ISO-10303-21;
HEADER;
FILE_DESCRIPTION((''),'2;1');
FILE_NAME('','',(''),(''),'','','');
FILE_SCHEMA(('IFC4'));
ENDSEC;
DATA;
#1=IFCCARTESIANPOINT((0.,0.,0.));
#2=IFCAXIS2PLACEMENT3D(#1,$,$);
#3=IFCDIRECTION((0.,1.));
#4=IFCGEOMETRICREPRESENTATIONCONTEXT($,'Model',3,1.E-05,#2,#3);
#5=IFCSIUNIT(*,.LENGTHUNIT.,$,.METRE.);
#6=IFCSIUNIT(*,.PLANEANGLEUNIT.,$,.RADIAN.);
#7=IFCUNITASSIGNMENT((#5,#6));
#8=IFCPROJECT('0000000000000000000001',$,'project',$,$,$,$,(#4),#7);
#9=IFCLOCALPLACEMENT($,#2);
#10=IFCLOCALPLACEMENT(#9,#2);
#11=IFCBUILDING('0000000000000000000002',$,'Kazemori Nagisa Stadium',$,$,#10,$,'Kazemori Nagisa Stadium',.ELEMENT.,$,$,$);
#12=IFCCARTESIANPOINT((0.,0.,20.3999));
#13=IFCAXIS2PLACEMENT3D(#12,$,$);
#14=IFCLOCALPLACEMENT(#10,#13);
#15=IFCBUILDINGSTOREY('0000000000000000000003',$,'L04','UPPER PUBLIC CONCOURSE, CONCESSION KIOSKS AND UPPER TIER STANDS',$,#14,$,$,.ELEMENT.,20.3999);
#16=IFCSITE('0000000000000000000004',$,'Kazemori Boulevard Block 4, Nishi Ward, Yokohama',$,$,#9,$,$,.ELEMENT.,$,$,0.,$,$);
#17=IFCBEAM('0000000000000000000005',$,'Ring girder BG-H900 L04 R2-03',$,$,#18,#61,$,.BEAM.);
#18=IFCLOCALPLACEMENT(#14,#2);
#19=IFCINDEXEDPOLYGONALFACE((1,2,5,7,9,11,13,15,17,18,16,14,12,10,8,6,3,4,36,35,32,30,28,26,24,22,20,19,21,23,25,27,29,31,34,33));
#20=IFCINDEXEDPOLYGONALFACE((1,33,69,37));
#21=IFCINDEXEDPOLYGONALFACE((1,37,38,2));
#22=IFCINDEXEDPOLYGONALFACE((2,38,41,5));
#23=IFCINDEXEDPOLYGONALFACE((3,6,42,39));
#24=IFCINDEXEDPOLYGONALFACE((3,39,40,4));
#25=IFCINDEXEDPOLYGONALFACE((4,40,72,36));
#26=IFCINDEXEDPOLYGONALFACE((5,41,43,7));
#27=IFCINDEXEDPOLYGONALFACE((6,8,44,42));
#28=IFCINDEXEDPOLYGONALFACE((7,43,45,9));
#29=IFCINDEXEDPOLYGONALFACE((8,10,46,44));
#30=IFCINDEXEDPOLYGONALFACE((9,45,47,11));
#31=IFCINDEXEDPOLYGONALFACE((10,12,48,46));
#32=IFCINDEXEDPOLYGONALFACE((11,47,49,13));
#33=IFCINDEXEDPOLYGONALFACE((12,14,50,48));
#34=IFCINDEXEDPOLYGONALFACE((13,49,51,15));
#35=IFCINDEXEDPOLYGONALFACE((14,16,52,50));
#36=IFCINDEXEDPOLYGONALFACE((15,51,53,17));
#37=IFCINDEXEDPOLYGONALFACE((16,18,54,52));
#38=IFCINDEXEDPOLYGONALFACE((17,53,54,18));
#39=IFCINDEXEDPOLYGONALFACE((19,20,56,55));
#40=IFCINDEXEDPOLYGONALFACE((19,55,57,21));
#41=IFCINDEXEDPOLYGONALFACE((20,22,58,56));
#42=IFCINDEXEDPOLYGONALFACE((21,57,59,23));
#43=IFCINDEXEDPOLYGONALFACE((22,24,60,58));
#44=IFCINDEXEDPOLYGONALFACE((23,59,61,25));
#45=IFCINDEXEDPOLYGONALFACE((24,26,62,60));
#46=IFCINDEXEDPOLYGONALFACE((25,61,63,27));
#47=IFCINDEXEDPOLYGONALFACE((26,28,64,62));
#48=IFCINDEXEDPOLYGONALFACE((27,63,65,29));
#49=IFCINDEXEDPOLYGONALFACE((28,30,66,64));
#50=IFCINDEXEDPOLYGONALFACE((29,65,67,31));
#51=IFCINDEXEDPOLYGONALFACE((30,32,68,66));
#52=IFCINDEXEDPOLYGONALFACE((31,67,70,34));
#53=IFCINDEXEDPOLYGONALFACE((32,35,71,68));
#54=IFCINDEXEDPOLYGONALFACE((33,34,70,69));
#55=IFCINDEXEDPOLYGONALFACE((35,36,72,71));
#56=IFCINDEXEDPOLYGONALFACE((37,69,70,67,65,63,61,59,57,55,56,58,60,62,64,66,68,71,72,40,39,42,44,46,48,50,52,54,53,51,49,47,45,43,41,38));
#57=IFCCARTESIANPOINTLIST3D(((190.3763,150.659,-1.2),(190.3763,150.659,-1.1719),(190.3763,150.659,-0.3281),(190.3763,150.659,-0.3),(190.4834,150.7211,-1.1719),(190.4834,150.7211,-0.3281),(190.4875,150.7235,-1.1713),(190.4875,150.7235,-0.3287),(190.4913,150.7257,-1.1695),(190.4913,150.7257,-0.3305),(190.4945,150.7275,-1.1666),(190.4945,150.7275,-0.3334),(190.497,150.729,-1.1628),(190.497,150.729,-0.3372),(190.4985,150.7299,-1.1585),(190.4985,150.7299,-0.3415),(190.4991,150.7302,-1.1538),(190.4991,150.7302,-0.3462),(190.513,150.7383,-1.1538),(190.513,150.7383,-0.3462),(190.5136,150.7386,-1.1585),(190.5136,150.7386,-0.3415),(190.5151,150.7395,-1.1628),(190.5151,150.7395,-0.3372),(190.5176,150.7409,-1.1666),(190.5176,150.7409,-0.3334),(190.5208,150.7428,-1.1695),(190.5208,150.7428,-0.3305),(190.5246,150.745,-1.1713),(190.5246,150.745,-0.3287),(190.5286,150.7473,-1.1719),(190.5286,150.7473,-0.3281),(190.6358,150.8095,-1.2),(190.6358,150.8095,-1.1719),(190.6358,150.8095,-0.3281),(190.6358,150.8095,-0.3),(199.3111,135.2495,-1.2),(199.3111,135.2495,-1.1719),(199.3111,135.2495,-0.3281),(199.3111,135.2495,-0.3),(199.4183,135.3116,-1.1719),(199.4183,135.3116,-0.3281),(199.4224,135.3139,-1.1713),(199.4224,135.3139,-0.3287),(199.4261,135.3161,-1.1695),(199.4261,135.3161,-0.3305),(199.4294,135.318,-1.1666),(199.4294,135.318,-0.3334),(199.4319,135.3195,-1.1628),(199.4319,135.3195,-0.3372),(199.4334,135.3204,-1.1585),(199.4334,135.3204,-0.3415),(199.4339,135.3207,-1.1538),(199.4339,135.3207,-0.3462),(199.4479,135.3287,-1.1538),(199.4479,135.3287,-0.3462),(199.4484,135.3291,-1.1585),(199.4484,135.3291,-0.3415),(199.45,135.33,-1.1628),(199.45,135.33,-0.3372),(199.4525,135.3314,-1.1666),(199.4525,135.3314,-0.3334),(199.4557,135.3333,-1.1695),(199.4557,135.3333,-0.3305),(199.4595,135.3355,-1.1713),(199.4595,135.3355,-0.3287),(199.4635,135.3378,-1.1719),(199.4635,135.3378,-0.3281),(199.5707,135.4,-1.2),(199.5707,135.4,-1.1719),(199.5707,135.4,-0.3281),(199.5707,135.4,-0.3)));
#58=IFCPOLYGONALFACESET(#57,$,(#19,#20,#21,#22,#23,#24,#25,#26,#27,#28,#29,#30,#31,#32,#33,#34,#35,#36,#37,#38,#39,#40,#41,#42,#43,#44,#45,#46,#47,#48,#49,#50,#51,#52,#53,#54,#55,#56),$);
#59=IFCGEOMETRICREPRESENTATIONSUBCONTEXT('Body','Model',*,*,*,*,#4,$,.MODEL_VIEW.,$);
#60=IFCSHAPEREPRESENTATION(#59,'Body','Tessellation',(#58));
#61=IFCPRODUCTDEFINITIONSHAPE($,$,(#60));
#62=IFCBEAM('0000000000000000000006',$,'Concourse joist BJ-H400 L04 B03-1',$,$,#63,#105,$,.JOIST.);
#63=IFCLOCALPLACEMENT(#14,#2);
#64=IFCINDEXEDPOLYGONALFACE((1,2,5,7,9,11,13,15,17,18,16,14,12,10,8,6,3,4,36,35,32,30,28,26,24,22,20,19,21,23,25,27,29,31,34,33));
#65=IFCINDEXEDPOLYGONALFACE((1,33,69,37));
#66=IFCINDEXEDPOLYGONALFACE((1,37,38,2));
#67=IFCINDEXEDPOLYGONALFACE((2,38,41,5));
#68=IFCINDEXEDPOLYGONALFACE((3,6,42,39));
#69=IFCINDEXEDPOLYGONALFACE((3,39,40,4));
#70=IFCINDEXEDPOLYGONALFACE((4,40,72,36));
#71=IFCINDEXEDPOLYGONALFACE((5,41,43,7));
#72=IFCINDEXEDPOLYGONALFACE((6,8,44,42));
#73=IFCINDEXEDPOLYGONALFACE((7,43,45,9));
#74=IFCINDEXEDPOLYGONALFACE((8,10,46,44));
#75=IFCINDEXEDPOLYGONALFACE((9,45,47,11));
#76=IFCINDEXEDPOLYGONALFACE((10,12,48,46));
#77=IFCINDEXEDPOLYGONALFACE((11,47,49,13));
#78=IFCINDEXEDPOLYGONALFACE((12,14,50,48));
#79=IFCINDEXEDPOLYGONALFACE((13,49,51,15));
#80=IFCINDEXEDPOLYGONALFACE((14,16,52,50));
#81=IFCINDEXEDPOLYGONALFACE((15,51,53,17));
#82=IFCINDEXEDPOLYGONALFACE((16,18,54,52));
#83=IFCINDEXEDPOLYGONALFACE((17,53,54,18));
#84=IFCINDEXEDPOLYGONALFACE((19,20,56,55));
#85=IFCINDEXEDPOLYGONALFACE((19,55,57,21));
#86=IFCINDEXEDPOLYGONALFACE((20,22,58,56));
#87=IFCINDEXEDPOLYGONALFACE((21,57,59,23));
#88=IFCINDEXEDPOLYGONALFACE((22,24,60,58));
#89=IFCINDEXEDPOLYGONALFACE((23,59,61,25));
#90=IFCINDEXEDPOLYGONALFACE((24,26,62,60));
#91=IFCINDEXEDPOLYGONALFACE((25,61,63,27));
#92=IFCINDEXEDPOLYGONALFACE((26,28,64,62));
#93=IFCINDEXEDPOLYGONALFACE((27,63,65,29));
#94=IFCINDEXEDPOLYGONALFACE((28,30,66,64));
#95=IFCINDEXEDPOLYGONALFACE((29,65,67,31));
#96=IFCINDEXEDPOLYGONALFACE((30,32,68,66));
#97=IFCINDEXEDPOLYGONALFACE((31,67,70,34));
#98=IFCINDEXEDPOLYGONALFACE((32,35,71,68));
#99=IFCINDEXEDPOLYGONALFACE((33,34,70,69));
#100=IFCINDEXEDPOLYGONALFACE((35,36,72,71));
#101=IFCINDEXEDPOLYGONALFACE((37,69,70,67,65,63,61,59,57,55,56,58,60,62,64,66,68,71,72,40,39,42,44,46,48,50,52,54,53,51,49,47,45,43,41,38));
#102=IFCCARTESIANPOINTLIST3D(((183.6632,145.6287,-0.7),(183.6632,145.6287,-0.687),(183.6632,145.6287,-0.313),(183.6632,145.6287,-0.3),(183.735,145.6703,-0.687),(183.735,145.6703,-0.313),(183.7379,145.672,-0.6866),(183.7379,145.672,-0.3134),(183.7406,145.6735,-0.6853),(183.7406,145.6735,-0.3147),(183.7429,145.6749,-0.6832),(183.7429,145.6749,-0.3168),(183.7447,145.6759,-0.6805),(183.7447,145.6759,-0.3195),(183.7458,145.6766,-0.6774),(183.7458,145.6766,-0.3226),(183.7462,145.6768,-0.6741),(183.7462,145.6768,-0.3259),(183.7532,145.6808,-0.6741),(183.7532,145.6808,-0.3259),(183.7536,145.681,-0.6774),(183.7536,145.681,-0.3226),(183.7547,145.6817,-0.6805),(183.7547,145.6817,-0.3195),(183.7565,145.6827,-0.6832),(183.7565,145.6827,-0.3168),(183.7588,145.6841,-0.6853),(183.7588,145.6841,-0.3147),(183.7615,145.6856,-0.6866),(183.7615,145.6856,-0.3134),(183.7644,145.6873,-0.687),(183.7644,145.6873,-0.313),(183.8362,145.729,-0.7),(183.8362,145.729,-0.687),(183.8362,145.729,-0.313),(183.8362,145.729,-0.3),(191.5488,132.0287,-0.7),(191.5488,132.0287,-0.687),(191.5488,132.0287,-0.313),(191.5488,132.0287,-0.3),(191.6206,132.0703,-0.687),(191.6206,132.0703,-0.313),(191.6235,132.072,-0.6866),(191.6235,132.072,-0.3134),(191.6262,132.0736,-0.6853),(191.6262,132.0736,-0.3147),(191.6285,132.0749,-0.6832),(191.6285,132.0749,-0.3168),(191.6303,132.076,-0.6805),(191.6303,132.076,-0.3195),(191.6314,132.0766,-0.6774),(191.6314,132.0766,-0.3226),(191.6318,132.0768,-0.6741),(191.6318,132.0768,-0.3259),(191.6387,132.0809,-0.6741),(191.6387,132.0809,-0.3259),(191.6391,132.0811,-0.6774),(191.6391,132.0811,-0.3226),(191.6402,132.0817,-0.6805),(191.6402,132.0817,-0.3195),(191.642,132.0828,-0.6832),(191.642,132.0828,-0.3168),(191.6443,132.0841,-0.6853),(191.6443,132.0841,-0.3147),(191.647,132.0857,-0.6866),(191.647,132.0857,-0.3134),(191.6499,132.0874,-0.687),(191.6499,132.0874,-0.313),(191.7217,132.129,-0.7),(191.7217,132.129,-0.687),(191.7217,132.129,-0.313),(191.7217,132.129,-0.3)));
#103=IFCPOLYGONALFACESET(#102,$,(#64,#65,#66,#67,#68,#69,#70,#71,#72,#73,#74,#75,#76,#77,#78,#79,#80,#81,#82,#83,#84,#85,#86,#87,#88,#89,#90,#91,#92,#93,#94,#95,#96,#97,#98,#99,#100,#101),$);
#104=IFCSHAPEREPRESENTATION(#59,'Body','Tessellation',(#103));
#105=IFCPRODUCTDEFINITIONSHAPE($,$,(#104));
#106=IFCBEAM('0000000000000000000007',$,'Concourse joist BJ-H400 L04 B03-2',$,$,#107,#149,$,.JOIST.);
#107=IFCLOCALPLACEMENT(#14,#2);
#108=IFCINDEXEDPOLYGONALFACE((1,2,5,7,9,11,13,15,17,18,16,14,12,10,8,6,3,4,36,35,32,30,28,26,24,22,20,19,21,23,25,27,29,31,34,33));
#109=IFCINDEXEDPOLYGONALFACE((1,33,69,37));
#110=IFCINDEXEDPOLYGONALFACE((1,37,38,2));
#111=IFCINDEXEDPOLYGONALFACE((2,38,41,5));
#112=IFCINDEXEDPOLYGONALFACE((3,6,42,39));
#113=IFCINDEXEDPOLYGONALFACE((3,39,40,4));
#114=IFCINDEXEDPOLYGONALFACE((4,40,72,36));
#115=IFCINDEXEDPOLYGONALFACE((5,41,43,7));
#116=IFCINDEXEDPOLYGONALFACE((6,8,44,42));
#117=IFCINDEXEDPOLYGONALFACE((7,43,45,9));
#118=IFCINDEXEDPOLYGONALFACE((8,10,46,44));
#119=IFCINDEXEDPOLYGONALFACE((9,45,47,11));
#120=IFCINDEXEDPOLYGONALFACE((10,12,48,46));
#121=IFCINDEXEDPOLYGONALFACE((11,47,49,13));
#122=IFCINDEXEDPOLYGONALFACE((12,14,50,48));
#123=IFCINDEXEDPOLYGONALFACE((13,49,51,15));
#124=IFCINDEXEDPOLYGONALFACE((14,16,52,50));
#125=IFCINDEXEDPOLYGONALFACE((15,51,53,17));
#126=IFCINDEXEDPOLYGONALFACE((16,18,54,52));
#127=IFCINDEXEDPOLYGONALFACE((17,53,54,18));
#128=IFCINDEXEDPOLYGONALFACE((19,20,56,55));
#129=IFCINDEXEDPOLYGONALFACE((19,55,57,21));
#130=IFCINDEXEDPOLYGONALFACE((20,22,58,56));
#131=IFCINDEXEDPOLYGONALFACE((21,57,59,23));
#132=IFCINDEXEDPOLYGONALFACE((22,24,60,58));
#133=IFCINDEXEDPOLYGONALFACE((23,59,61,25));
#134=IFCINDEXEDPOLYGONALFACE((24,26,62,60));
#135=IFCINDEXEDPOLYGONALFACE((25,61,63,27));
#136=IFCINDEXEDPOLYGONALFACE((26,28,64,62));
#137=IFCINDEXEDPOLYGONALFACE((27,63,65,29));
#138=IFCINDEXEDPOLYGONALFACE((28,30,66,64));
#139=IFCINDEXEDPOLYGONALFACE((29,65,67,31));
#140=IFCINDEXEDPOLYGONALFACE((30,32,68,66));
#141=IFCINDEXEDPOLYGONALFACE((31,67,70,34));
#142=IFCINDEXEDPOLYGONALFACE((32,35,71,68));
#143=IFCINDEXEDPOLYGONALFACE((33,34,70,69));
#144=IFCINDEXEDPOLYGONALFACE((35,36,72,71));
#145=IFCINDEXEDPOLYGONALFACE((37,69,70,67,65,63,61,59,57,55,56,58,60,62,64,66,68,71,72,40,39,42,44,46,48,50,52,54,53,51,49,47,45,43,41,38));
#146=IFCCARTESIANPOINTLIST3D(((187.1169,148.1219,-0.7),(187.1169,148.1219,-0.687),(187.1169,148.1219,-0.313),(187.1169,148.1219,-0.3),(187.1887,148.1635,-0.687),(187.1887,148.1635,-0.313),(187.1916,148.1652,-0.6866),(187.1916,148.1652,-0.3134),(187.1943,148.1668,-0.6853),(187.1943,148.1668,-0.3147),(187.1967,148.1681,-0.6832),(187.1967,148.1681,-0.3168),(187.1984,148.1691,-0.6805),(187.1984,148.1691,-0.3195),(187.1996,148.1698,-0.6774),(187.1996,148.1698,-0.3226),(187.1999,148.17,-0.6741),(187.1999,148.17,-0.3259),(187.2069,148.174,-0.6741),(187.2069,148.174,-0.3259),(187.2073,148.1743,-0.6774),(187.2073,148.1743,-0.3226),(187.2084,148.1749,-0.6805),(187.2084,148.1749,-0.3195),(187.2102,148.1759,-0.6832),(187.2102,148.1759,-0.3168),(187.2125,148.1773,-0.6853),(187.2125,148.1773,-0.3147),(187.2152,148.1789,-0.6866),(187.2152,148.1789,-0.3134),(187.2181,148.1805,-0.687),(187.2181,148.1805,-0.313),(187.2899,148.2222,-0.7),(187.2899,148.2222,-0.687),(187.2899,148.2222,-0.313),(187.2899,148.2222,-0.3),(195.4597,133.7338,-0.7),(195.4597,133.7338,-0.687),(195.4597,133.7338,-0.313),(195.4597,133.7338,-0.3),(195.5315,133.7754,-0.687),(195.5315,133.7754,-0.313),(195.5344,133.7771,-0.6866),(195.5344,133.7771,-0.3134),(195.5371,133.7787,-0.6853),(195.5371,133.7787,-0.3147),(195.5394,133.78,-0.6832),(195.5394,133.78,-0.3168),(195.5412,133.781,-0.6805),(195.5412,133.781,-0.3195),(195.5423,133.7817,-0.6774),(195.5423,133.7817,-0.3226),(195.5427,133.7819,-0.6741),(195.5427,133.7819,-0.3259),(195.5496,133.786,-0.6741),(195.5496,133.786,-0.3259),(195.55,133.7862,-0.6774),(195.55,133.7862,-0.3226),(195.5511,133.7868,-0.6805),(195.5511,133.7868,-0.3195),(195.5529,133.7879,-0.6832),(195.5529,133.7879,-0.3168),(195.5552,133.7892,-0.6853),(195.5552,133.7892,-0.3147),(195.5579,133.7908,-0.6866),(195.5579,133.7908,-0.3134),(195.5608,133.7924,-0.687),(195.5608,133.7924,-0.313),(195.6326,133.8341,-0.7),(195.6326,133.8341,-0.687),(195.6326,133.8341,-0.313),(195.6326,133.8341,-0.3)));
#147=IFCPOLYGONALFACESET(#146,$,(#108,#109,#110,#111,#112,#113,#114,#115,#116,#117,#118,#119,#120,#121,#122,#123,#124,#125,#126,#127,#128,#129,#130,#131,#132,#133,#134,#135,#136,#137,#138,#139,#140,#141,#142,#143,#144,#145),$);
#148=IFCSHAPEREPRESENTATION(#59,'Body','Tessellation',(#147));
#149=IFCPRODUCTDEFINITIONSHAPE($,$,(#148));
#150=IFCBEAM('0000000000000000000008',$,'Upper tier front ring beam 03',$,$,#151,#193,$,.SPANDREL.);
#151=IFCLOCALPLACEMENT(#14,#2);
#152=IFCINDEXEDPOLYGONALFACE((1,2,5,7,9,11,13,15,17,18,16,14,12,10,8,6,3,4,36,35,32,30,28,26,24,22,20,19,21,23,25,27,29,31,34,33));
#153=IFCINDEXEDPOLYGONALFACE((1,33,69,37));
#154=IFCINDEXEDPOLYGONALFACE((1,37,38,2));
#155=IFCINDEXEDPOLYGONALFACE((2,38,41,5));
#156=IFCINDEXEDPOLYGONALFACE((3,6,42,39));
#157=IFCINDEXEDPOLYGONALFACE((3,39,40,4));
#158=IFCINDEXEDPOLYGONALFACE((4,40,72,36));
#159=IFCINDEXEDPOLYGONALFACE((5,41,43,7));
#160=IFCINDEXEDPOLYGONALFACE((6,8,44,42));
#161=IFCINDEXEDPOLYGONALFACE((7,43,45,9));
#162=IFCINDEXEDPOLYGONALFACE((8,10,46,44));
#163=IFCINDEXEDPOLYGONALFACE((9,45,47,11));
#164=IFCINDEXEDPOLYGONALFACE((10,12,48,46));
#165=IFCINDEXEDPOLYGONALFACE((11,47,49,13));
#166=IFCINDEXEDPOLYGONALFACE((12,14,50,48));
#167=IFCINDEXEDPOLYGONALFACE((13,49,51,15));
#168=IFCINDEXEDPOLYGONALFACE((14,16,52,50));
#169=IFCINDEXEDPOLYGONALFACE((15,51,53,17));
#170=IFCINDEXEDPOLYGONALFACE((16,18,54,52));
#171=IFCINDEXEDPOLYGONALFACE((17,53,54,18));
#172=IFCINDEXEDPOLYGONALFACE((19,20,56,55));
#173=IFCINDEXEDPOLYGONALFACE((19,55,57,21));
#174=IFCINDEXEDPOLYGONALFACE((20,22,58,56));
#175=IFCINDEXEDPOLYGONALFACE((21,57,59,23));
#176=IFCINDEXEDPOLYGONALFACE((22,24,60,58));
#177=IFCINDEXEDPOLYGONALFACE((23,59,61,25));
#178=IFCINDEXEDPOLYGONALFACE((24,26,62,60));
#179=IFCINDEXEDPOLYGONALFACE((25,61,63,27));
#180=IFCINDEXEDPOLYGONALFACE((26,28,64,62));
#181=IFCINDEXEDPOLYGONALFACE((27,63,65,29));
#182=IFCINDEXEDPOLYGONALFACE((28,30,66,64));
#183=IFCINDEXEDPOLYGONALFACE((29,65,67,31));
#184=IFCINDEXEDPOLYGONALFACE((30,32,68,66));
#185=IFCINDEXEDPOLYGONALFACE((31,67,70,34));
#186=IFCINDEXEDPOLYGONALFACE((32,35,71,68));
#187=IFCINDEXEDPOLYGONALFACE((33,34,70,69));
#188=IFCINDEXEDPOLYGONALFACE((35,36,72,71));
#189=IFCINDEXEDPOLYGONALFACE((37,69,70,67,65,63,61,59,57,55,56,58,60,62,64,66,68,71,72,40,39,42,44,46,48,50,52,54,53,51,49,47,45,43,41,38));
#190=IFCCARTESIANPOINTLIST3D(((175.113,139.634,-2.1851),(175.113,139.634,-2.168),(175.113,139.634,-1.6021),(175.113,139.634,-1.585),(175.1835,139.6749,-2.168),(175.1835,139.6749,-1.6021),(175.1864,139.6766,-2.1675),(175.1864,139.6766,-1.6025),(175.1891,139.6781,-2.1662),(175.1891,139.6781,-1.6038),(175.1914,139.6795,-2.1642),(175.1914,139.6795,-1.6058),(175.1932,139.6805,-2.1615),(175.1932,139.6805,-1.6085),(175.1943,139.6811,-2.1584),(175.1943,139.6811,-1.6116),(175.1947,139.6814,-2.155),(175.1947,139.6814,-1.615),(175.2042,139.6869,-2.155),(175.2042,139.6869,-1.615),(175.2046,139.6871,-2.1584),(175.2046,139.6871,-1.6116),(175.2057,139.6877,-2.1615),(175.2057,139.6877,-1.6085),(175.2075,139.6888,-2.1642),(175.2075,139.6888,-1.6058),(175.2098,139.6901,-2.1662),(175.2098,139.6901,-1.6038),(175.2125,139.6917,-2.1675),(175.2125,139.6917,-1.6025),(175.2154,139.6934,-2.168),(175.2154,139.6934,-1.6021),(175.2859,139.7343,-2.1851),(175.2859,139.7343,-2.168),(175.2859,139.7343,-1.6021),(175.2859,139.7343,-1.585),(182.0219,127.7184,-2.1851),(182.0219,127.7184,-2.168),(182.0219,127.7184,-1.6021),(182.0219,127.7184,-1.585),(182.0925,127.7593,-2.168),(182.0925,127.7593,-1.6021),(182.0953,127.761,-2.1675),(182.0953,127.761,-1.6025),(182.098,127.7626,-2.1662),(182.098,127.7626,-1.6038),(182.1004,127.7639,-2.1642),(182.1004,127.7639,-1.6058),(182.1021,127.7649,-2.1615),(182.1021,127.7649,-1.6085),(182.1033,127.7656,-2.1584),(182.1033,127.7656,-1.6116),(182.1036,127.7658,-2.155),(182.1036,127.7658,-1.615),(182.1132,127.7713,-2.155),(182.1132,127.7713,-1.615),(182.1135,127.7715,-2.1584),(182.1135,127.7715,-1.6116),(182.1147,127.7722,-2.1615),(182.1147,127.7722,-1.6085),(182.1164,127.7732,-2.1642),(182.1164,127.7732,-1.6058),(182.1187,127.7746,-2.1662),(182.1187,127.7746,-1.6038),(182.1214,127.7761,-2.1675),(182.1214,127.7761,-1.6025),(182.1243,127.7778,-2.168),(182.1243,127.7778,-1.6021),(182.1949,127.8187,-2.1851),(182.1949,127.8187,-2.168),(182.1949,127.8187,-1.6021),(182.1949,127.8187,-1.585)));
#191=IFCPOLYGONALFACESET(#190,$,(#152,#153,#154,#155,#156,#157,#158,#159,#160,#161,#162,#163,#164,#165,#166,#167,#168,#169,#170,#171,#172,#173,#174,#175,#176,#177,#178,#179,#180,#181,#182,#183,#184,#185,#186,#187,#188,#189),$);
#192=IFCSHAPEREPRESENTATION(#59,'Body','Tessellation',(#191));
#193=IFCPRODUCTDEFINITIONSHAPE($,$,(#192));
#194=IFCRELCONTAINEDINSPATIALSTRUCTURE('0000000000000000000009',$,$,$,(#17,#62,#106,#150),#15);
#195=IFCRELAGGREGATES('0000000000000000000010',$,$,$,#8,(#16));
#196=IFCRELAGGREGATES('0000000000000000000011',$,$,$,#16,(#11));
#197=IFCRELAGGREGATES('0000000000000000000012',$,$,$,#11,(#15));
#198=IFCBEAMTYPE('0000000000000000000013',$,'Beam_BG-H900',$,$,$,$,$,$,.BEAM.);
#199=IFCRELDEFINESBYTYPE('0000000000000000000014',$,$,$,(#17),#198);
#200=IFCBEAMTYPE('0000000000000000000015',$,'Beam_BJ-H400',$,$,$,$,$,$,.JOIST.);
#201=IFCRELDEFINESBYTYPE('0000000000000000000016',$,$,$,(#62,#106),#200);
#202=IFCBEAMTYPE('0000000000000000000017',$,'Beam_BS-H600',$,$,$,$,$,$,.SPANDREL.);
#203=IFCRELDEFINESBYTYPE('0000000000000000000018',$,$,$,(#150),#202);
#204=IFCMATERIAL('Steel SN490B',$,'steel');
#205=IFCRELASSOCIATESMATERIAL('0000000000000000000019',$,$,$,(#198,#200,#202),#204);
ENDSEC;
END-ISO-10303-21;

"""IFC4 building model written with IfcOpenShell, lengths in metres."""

from ifc_helpers import new_model, si_unit, direction, frame, origin, origin_2d, place, context, subcontext, project, spatial, i_section, extrude, material, material_profile, profile_set, type_object, element, save


model = new_model("IFC4")

# Units and contexts
model_context = context("Model", 3, precision=1e-05, world=origin(), true_north=direction((0.0, 1.0)))
body_context = subcontext(model_context, "Body", "Model", "MODEL_VIEW")
ifc_project = project(units=[si_unit("LENGTHUNIT", "METRE"), si_unit("PLANEANGLEUNIT", "RADIAN")], contexts=[model_context])

# Site, building, storey
site_placement = place(None, origin())
site = spatial("IfcSite", under=ifc_project, at=site_placement, Name="Kazemori Boulevard Block 4, Nishi Ward, Yokohama", CompositionType="ELEMENT", RefElevation=0.0)
building_placement = place(site_placement, origin())
building = spatial("IfcBuilding", under=site, at=building_placement, Name="Kazemori Nagisa Stadium", LongName="Kazemori Nagisa Stadium", CompositionType="ELEMENT")
storey_placement = place(building_placement, frame((0.0, 0.0, 20.3999)))
storey = spatial("IfcBuildingStorey", under=building, at=storey_placement, Name="L04", Description="UPPER PUBLIC CONCOURSE, CONCESSION KIOSKS AND UPPER TIER STANDS", CompositionType="ELEMENT", Elevation=20.3999)

# Beams
ifc_material_1 = material(Name="Steel SN490B", Category="steel")
ifc_material_profile_1 = material_profile(ifc_material_1, i_section(OverallWidth=0.3, OverallDepth=0.8999, WebThickness=0.0161, FlangeThickness=0.0281, FilletRadius=0.0181, at=origin_2d()), Name="H-900x300x16x28")
ifc_profile_set_1 = profile_set([ifc_material_profile_1], Name="Steel SN490B")
beam_type_1 = type_object("IfcBeamType", Name="Beam_BG-H900", PredefinedType="BEAM", material=ifc_profile_set_1)
beam_1_placement = place(storey_placement, frame((199.4409, 135.3247, -0.75), z_axis=(-0.501607, 0.865096, 0.0), x_axis=(-0.865096, -0.501607, 0.0)))
element("IfcBeam", 1, at=beam_1_placement, inside=storey, type_object=beam_type_1, Name="Ring girder BG-H900 L04 R2-03", PredefinedType="BEAM", context=body_context, shape_type="SweptSolid", body=[
    extrude(i_section(OverallWidth=0.3, OverallDepth=0.8999, WebThickness=0.0161, FlangeThickness=0.0281, FilletRadius=0.0181, at=origin_2d()), origin(), (0.0, 0.0, 1.0), 17.8125),
])
ifc_material_profile_2 = material_profile(ifc_material_1, i_section(OverallWidth=0.2, OverallDepth=0.3999, WebThickness=0.0081, FlangeThickness=0.0129, FilletRadius=0.0129, at=origin_2d()), Name="H-400x200x8x13")
ifc_profile_set_2 = profile_set([ifc_material_profile_2], Name="Steel SN490B")
beam_type_2 = type_object("IfcBeamType", Name="Beam_BJ-H400", PredefinedType="JOIST", material=ifc_profile_set_2)
beam_2_placement = place(storey_placement, frame((191.6353, 132.0789, -0.5), z_axis=(-0.501603, 0.865098, 0.0), x_axis=(-0.865098, -0.501603, 0.0)))
element("IfcBeam", 2, at=beam_2_placement, inside=storey, type_object=beam_type_2, Name="Concourse joist BJ-H400 L04 B03-1", PredefinedType="JOIST", context=body_context, shape_type="SweptSolid", body=[
    extrude(i_section(OverallWidth=0.2, OverallDepth=0.3999, WebThickness=0.0081, FlangeThickness=0.0129, FilletRadius=0.0129, at=origin_2d()), origin(), (0.0, 0.0, 1.0), 15.7207),
])
beam_3_placement = place(storey_placement, frame((195.5461, 133.7839, -0.5), z_axis=(-0.501611, 0.865093, 0.0), x_axis=(-0.865093, -0.501611, 0.0)))
element("IfcBeam", 3, at=beam_3_placement, inside=storey, type_object=beam_type_2, Name="Concourse joist BJ-H400 L04 B03-2", PredefinedType="JOIST", context=body_context, shape_type="SweptSolid", body=[
    extrude(i_section(OverallWidth=0.2, OverallDepth=0.3999, WebThickness=0.0081, FlangeThickness=0.0129, FilletRadius=0.0129, at=origin_2d()), origin(), (0.0, 0.0, 1.0), 16.6318),
])
ifc_material_profile_3 = material_profile(ifc_material_1, i_section(OverallWidth=0.2, OverallDepth=0.6001, WebThickness=0.011, FlangeThickness=0.0171, FilletRadius=0.0129, at=origin_2d()), Name="H-600x200x11x17")
ifc_profile_set_3 = profile_set([ifc_material_profile_3], Name="Steel SN490B")
beam_type_3 = type_object("IfcBeamType", Name="Beam_BS-H600", PredefinedType="SPANDREL", material=ifc_profile_set_3)
beam_4_placement = place(storey_placement, frame((182.1084, 127.7686, -1.885), z_axis=(-0.501606, 0.865096, 0.0), x_axis=(-0.865096, -0.501606, 0.0)))
element("IfcBeam", 4, at=beam_4_placement, inside=storey, type_object=beam_type_3, Name="Upper tier front ring beam 03", PredefinedType="SPANDREL", context=body_context, shape_type="SweptSolid", body=[
    extrude(i_section(OverallWidth=0.2, OverallDepth=0.6001, WebThickness=0.011, FlangeThickness=0.0171, FilletRadius=0.0129, at=origin_2d()), origin(), (0.0, 0.0, 1.0), 13.7737),
])

save(model, "model.ifc")
